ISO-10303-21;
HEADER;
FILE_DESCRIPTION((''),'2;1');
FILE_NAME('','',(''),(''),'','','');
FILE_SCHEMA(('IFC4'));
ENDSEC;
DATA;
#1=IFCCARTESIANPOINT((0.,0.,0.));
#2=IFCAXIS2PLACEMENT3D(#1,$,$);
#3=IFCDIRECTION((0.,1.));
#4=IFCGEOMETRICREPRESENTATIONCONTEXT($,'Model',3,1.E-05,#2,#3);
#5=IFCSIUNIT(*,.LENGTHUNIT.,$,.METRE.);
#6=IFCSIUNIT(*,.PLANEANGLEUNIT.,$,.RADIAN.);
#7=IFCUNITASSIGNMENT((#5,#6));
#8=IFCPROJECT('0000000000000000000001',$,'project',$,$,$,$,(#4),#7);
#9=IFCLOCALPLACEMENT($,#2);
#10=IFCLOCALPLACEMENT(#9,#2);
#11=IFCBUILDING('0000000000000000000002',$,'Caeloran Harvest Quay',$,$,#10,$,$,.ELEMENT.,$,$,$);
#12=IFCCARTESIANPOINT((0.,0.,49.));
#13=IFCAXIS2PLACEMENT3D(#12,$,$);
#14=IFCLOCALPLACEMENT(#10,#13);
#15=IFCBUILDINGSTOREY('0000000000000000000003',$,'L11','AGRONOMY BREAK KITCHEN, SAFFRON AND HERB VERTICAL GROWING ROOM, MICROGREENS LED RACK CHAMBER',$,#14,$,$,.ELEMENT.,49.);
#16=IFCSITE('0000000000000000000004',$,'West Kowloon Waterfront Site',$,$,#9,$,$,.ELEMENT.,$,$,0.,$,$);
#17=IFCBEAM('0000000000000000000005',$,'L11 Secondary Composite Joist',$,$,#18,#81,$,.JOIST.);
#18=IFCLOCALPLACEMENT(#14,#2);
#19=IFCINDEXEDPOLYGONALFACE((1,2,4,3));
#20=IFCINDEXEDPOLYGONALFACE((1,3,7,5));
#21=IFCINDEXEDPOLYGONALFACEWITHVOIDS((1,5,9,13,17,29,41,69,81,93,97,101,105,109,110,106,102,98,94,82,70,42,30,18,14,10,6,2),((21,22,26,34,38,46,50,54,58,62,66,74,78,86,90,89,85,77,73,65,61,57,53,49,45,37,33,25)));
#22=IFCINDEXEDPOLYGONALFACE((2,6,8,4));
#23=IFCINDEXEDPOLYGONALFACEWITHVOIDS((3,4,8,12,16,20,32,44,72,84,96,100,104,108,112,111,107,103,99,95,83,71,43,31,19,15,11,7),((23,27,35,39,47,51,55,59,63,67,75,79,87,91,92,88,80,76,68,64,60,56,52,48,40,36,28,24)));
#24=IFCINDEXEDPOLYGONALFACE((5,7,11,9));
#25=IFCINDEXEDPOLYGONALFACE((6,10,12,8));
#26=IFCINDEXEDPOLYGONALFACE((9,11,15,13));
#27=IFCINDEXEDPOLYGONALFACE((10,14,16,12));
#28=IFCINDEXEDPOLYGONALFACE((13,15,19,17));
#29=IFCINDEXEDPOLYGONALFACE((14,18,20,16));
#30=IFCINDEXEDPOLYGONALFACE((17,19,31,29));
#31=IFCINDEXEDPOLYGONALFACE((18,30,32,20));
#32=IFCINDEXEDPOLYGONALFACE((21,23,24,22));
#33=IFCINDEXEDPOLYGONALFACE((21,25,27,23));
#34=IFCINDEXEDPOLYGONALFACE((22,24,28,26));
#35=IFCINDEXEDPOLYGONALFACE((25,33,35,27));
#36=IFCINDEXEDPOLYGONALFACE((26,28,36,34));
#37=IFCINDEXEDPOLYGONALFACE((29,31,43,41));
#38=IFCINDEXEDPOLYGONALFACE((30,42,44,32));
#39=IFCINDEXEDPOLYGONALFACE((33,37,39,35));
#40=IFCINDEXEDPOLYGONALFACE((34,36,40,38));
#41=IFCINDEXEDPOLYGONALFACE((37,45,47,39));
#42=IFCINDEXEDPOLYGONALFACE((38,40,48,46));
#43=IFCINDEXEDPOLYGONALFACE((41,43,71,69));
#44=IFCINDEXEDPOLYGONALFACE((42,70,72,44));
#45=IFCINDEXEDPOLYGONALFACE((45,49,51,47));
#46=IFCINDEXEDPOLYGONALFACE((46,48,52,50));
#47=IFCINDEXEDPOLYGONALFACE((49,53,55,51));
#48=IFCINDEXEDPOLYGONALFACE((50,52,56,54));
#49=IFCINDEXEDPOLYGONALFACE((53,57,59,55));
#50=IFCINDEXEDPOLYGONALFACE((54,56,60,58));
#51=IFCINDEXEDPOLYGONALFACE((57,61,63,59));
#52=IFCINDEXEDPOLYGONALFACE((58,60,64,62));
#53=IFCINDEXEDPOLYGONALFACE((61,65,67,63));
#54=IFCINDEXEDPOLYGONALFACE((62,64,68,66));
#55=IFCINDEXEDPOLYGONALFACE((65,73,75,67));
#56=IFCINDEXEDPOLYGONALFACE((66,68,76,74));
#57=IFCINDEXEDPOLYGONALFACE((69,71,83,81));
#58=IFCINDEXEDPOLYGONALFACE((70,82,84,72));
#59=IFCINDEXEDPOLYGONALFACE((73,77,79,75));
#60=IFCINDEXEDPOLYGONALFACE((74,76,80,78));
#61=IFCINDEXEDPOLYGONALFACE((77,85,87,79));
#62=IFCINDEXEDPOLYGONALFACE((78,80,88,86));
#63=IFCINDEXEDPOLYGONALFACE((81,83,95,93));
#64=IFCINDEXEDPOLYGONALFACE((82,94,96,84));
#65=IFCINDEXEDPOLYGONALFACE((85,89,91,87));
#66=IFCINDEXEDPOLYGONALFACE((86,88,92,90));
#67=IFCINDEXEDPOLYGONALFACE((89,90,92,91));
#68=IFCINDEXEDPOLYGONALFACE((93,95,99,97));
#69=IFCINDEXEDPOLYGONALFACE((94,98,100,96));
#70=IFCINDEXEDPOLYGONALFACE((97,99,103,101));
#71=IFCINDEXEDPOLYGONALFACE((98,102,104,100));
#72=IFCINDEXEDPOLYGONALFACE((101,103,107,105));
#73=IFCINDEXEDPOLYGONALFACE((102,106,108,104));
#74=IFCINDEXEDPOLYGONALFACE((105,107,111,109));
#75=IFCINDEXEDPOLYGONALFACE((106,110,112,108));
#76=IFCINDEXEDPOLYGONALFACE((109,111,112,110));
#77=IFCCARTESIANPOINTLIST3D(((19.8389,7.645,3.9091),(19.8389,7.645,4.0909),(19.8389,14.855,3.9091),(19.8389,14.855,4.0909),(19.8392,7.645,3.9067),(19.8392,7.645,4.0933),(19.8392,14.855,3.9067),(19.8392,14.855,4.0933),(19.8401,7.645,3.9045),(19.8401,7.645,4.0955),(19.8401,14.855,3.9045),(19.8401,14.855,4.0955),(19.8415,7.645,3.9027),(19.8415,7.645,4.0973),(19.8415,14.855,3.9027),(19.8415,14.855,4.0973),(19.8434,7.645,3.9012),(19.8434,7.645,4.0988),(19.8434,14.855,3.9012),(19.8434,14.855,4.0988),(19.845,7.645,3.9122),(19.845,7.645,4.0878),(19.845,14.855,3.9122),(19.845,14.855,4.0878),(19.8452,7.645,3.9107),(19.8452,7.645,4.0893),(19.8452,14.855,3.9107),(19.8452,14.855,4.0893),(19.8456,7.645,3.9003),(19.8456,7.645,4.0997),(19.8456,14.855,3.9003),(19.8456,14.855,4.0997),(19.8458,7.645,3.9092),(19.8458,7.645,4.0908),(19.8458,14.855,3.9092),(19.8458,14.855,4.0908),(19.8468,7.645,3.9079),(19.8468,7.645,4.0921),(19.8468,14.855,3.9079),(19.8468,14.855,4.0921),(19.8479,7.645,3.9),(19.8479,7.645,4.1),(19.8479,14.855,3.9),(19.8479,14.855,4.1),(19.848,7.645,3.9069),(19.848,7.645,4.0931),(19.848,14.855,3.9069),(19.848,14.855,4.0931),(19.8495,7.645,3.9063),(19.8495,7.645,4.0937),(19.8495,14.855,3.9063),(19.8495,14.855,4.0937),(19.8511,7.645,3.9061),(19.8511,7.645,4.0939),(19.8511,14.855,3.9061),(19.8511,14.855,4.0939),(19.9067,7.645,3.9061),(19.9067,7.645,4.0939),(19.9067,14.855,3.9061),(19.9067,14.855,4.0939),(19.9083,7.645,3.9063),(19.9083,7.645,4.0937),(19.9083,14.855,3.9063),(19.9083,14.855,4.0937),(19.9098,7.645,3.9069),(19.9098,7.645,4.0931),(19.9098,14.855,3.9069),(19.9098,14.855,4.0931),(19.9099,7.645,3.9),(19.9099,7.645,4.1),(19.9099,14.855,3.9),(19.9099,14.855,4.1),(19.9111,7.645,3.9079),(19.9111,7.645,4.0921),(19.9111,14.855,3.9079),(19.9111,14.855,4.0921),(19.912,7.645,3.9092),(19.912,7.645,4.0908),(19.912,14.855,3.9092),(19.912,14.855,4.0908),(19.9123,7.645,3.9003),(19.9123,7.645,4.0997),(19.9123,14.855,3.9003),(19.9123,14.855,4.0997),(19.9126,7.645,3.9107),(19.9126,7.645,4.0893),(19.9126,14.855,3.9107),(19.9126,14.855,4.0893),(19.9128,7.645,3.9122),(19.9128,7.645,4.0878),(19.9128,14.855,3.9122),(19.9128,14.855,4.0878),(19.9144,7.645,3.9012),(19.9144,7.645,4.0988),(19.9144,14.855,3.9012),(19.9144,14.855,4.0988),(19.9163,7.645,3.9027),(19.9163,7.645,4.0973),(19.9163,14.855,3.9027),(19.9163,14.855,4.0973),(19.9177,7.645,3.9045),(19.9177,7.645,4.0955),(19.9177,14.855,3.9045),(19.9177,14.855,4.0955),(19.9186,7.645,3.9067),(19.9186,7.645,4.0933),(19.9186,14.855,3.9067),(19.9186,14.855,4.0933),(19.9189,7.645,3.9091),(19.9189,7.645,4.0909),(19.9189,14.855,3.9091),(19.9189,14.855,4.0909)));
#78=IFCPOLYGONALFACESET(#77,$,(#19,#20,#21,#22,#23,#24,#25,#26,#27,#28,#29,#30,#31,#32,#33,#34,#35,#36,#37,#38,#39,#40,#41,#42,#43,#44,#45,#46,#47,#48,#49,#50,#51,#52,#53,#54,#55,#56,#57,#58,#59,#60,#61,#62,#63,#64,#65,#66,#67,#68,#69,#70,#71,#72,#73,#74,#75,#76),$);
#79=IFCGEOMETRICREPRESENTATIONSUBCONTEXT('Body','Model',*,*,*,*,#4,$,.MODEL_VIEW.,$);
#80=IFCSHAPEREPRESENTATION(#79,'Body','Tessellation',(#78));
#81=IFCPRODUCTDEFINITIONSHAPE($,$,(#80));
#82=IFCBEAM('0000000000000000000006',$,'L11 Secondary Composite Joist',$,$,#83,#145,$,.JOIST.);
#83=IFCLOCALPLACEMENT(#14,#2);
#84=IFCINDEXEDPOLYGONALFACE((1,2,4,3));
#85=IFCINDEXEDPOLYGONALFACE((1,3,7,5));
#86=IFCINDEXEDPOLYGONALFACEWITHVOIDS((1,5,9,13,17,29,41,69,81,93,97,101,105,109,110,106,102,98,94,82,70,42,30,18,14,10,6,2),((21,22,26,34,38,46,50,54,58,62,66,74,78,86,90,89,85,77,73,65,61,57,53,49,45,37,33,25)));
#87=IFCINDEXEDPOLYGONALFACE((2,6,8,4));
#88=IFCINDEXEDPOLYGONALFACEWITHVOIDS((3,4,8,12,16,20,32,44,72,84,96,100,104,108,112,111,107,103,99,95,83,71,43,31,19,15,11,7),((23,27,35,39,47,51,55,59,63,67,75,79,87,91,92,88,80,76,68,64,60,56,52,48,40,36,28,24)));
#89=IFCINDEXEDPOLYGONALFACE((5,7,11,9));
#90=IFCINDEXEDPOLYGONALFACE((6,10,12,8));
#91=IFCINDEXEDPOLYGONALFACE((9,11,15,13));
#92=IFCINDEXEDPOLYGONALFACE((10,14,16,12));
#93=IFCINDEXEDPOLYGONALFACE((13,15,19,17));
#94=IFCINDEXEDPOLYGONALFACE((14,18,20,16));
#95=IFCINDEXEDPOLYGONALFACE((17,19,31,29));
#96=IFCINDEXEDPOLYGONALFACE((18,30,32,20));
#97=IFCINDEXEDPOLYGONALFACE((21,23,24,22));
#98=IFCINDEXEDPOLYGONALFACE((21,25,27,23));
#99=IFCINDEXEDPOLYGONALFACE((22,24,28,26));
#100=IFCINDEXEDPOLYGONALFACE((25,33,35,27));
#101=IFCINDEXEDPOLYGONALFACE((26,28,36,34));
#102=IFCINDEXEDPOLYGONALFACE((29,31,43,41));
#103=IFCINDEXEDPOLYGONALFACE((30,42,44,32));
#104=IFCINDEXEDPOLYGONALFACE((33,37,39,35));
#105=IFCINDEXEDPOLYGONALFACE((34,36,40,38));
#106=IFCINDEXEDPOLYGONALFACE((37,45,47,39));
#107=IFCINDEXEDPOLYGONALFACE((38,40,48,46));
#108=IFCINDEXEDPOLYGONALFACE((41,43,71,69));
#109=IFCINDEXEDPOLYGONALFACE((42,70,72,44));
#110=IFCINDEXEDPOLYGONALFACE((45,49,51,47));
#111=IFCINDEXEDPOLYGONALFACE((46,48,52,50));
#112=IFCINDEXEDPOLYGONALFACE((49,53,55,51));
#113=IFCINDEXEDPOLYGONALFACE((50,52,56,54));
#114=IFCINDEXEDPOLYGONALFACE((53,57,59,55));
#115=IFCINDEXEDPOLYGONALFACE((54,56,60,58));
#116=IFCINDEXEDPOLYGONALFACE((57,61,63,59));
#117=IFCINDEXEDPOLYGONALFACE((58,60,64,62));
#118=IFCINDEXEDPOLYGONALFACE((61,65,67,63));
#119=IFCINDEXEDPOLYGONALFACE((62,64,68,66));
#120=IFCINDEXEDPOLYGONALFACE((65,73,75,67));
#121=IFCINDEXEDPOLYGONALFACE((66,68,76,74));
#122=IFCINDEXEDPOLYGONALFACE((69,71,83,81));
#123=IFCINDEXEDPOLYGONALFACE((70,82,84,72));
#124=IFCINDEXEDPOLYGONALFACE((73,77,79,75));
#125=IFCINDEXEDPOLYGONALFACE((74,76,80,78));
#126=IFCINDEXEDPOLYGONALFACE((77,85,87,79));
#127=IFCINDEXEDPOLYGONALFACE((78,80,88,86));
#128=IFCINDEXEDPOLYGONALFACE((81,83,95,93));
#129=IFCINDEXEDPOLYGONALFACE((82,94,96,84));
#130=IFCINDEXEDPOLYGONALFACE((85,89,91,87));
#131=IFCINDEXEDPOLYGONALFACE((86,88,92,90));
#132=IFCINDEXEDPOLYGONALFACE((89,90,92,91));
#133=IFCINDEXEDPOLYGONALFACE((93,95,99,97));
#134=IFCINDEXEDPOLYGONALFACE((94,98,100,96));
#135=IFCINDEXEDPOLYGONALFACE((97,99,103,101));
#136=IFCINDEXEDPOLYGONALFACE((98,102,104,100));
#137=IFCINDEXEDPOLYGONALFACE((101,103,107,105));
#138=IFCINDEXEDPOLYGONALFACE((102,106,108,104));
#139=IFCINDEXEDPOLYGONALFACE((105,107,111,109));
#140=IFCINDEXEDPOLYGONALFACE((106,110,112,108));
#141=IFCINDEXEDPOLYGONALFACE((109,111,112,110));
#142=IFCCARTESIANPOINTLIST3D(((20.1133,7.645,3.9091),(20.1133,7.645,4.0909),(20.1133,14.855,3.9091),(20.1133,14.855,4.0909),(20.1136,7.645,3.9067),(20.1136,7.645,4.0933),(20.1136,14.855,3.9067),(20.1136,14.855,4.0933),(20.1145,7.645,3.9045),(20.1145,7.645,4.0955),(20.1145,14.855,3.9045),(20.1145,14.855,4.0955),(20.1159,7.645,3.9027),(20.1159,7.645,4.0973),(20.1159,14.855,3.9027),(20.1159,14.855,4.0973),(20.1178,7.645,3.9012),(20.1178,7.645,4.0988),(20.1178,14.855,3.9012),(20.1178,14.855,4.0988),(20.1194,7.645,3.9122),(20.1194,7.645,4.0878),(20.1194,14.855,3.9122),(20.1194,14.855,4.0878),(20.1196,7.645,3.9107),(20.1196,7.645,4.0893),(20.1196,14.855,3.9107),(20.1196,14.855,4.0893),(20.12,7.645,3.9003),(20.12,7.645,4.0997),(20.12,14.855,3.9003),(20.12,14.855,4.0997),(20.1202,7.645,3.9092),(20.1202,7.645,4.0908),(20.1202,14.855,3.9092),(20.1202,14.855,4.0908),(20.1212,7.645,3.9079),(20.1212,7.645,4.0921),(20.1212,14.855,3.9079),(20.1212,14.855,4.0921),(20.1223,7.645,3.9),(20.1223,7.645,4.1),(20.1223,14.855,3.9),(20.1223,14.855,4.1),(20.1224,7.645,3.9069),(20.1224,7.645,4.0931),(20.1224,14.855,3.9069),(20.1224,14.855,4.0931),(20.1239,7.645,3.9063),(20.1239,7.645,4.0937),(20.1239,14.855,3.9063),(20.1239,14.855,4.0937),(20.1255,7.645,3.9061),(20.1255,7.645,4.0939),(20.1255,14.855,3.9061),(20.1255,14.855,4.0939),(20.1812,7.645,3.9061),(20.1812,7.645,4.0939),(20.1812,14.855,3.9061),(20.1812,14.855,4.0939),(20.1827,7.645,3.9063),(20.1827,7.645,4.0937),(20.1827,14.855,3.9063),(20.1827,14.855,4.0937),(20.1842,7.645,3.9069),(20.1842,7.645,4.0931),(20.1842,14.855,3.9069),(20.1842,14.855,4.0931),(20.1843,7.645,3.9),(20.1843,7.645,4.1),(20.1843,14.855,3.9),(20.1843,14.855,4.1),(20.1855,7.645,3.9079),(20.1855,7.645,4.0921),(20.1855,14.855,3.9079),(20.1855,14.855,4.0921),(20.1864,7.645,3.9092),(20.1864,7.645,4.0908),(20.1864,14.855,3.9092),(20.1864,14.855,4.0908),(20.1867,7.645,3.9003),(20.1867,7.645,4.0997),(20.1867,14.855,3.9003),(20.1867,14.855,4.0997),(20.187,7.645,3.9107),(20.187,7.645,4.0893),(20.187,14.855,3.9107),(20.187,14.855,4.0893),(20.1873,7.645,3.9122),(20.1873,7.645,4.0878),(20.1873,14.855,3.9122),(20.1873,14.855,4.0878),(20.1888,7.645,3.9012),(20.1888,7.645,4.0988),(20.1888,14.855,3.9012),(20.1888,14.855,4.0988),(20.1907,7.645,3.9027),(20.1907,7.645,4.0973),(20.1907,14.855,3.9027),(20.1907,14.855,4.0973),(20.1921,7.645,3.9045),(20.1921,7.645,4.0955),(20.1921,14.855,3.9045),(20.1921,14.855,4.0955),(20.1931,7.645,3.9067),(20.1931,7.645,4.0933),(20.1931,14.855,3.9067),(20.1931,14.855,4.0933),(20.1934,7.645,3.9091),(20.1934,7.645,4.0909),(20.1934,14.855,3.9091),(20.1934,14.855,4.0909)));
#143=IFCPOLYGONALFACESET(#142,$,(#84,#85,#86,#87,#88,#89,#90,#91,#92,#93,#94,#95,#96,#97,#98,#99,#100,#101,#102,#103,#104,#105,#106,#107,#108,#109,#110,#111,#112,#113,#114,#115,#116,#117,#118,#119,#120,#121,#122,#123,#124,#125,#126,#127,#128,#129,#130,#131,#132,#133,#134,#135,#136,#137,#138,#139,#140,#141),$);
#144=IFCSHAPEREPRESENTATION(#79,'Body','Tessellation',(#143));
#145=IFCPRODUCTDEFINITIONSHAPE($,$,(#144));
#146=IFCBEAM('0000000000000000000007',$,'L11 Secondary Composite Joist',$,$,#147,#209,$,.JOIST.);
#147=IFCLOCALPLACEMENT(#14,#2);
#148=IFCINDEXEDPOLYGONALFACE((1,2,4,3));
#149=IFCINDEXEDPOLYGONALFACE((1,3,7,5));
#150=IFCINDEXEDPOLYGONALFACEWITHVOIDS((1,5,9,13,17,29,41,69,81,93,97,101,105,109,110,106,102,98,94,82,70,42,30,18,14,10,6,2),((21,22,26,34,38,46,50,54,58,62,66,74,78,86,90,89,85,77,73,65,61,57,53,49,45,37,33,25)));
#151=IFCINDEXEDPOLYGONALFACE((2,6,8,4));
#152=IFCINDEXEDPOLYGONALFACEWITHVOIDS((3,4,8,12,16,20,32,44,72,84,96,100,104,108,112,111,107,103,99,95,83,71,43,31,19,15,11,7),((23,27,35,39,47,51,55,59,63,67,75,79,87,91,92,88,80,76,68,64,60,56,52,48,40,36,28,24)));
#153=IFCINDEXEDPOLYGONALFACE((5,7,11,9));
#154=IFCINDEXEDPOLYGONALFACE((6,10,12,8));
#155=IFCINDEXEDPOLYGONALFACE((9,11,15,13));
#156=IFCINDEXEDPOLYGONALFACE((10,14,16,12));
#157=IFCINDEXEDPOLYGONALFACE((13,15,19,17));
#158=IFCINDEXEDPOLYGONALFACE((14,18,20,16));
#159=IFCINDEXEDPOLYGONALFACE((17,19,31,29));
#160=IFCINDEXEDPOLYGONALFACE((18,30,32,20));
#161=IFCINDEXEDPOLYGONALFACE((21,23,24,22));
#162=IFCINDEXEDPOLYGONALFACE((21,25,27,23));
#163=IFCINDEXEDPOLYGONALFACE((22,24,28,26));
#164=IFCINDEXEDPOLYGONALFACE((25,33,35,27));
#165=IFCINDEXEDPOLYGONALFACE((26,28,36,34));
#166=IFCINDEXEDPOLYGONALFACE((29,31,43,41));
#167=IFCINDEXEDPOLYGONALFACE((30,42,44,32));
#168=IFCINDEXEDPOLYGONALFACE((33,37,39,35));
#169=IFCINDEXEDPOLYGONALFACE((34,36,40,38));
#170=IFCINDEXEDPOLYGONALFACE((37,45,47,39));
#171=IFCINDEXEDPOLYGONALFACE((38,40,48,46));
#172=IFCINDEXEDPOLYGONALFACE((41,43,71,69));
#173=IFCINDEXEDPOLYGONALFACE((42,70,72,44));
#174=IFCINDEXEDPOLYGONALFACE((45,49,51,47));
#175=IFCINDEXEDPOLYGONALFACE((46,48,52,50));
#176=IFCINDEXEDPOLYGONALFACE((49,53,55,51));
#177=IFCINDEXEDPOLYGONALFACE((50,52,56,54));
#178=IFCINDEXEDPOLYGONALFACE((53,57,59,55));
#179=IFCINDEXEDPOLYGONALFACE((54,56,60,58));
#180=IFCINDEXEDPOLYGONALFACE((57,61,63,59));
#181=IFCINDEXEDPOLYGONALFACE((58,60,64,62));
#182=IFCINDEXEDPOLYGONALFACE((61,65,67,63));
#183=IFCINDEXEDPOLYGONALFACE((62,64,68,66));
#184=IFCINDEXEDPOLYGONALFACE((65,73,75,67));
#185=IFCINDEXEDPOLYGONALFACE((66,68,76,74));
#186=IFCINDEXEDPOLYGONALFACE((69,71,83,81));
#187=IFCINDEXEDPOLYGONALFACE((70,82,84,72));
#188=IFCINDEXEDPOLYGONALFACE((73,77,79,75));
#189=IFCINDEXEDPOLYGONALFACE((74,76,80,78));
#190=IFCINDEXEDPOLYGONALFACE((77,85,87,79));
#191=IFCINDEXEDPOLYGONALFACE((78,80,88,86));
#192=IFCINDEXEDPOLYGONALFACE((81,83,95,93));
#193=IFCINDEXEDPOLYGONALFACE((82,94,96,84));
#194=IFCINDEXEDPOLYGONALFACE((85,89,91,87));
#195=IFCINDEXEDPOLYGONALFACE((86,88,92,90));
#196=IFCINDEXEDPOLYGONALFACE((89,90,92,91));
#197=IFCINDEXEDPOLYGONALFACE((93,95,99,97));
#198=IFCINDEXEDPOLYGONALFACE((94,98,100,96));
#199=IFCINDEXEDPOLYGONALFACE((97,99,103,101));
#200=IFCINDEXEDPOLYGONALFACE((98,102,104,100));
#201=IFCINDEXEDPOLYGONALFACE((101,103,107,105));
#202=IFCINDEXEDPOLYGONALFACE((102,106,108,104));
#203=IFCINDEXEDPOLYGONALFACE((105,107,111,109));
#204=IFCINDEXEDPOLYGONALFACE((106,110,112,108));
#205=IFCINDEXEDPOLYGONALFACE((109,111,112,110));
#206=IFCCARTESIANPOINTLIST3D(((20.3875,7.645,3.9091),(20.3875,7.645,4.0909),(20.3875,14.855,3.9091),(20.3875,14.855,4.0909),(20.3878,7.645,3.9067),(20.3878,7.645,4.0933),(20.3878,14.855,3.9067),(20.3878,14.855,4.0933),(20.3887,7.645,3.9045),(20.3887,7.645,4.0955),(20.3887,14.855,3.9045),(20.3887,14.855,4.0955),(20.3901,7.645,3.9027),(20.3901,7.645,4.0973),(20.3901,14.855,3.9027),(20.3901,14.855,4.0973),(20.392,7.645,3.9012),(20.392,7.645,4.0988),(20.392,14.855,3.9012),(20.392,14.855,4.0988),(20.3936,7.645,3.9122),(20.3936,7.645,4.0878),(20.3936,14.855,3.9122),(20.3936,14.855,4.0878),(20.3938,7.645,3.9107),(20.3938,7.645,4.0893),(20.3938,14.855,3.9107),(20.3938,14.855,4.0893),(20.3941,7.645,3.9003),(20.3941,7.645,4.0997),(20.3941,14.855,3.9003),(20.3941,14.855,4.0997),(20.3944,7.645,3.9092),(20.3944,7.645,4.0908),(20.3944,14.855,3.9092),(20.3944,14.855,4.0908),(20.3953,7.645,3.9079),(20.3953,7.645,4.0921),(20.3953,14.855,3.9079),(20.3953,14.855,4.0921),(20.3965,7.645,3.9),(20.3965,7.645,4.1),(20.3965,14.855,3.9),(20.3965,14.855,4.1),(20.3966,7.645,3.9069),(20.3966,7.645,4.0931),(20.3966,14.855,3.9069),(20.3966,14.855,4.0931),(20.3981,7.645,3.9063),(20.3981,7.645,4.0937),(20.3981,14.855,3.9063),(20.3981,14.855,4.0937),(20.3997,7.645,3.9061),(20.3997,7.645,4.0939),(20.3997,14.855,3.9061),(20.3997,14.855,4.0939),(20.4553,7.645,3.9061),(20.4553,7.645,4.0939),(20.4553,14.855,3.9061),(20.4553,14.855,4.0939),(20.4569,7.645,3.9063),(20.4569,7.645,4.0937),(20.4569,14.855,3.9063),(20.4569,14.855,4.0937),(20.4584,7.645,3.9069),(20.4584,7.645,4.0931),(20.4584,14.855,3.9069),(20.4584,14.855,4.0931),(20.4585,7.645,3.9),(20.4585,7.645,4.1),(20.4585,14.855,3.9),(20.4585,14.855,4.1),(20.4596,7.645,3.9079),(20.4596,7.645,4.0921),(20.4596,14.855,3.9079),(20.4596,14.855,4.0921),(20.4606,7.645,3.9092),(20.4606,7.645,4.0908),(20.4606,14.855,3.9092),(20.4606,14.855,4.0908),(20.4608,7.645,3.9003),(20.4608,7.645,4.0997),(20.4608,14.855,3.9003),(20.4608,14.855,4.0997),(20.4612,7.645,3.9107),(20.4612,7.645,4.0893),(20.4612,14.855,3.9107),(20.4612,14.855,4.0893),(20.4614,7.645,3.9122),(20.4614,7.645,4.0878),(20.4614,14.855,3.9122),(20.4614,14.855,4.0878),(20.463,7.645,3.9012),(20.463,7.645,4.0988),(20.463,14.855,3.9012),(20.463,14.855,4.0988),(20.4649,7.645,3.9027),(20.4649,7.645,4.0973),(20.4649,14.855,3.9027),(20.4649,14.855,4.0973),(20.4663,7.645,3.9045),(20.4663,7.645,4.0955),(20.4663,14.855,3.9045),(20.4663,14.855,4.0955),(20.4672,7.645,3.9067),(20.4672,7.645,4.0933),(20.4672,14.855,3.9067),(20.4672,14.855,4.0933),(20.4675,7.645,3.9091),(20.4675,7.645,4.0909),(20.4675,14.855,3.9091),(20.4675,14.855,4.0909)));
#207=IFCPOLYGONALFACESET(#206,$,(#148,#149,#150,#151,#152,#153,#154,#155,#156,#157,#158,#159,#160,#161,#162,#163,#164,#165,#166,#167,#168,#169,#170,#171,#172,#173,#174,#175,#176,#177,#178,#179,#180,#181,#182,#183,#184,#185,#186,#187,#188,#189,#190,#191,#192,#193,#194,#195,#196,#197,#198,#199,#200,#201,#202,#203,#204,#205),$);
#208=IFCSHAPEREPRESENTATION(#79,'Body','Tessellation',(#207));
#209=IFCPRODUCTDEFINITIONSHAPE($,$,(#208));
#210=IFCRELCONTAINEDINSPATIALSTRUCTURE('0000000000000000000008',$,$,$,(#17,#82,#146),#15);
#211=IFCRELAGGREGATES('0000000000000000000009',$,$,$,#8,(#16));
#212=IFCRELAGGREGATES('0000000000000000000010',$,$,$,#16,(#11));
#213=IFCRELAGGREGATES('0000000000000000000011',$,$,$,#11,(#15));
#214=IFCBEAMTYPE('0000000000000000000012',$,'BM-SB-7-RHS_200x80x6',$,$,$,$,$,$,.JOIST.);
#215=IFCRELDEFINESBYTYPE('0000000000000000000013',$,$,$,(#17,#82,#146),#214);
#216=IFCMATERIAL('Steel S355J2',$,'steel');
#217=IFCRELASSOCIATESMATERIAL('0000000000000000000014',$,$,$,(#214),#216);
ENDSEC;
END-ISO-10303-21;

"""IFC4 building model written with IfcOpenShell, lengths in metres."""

from ifc_helpers import new_model, si_unit, direction, frame, origin, origin_2d, place, context, subcontext, project, spatial, hollow_rectangle, extrude, material, material_profile, profile_set, type_object, element, save


model = new_model("IFC4")

# Units and contexts
model_context = context("Model", 3, precision=1e-05, world=origin(), true_north=direction((0.0, 1.0)))
body_context = subcontext(model_context, "Body", "Model", "MODEL_VIEW")
ifc_project = project(units=[si_unit("LENGTHUNIT", "METRE"), si_unit("PLANEANGLEUNIT", "RADIAN")], contexts=[model_context])

# Site, building, storey
site_placement = place(None, origin())
site = spatial("IfcSite", under=ifc_project, at=site_placement, Name="West Kowloon Waterfront Site", CompositionType="ELEMENT", RefElevation=0.0)
building_placement = place(site_placement, origin())
building = spatial("IfcBuilding", under=site, at=building_placement, Name="Caeloran Harvest Quay", CompositionType="ELEMENT")
storey_placement = place(building_placement, frame((0.0, 0.0, 49.0)))
storey = spatial("IfcBuildingStorey", under=building, at=storey_placement, Name="L11", Description="AGRONOMY BREAK KITCHEN, SAFFRON AND HERB VERTICAL GROWING ROOM, MICROGREENS LED RACK CHAMBER", CompositionType="ELEMENT", Elevation=49.0)

# Beams
ifc_material_1 = material(Name="Steel S355J2", Category="steel")
ifc_material_profile_1 = material_profile(ifc_material_1, hollow_rectangle(XDim=0.0801, YDim=0.2, WallThickness=0.0061, InnerFilletRadius=0.0061, OuterFilletRadius=0.009, at=origin_2d()), Name="RHS 200x80x6")
ifc_profile_set_1 = profile_set([ifc_material_profile_1], Name="Steel S355J2")
beam_type_1 = type_object("IfcBeamType", Name="BM-SB-7-RHS_200x80x6", PredefinedType="JOIST", material=ifc_profile_set_1)
for number, where, z_axis, x_axis, name in (
    (1, (19.8789, 7.645, 4.0), (0.0, 1.0, 0.0), (-1.0, 0.0, 0.0), "L11 Secondary Composite Joist"),
    (2, (20.1533, 7.645, 4.0), (0.0, 1.0, 0.0), (-1.0, 0.0, 0.0), "L11 Secondary Composite Joist"),
    (3, (20.4275, 7.645, 4.0), (0.0, 1.0, 0.0), (-1.0, 0.0, 0.0), "L11 Secondary Composite Joist"),
):
    element("IfcBeam", number, at=place(storey_placement, frame(where, z_axis=z_axis, x_axis=x_axis)), inside=storey, type_object=beam_type_1, Name=name, PredefinedType="JOIST", context=body_context, shape_type="SweptSolid", body=[
        extrude(hollow_rectangle(XDim=0.0801, YDim=0.2, WallThickness=0.0061, InnerFilletRadius=0.0061, OuterFilletRadius=0.009, at=origin_2d()), origin(), (0.0, 0.0, 1.0), 7.21),
    ])

save(model, "model.ifc")
